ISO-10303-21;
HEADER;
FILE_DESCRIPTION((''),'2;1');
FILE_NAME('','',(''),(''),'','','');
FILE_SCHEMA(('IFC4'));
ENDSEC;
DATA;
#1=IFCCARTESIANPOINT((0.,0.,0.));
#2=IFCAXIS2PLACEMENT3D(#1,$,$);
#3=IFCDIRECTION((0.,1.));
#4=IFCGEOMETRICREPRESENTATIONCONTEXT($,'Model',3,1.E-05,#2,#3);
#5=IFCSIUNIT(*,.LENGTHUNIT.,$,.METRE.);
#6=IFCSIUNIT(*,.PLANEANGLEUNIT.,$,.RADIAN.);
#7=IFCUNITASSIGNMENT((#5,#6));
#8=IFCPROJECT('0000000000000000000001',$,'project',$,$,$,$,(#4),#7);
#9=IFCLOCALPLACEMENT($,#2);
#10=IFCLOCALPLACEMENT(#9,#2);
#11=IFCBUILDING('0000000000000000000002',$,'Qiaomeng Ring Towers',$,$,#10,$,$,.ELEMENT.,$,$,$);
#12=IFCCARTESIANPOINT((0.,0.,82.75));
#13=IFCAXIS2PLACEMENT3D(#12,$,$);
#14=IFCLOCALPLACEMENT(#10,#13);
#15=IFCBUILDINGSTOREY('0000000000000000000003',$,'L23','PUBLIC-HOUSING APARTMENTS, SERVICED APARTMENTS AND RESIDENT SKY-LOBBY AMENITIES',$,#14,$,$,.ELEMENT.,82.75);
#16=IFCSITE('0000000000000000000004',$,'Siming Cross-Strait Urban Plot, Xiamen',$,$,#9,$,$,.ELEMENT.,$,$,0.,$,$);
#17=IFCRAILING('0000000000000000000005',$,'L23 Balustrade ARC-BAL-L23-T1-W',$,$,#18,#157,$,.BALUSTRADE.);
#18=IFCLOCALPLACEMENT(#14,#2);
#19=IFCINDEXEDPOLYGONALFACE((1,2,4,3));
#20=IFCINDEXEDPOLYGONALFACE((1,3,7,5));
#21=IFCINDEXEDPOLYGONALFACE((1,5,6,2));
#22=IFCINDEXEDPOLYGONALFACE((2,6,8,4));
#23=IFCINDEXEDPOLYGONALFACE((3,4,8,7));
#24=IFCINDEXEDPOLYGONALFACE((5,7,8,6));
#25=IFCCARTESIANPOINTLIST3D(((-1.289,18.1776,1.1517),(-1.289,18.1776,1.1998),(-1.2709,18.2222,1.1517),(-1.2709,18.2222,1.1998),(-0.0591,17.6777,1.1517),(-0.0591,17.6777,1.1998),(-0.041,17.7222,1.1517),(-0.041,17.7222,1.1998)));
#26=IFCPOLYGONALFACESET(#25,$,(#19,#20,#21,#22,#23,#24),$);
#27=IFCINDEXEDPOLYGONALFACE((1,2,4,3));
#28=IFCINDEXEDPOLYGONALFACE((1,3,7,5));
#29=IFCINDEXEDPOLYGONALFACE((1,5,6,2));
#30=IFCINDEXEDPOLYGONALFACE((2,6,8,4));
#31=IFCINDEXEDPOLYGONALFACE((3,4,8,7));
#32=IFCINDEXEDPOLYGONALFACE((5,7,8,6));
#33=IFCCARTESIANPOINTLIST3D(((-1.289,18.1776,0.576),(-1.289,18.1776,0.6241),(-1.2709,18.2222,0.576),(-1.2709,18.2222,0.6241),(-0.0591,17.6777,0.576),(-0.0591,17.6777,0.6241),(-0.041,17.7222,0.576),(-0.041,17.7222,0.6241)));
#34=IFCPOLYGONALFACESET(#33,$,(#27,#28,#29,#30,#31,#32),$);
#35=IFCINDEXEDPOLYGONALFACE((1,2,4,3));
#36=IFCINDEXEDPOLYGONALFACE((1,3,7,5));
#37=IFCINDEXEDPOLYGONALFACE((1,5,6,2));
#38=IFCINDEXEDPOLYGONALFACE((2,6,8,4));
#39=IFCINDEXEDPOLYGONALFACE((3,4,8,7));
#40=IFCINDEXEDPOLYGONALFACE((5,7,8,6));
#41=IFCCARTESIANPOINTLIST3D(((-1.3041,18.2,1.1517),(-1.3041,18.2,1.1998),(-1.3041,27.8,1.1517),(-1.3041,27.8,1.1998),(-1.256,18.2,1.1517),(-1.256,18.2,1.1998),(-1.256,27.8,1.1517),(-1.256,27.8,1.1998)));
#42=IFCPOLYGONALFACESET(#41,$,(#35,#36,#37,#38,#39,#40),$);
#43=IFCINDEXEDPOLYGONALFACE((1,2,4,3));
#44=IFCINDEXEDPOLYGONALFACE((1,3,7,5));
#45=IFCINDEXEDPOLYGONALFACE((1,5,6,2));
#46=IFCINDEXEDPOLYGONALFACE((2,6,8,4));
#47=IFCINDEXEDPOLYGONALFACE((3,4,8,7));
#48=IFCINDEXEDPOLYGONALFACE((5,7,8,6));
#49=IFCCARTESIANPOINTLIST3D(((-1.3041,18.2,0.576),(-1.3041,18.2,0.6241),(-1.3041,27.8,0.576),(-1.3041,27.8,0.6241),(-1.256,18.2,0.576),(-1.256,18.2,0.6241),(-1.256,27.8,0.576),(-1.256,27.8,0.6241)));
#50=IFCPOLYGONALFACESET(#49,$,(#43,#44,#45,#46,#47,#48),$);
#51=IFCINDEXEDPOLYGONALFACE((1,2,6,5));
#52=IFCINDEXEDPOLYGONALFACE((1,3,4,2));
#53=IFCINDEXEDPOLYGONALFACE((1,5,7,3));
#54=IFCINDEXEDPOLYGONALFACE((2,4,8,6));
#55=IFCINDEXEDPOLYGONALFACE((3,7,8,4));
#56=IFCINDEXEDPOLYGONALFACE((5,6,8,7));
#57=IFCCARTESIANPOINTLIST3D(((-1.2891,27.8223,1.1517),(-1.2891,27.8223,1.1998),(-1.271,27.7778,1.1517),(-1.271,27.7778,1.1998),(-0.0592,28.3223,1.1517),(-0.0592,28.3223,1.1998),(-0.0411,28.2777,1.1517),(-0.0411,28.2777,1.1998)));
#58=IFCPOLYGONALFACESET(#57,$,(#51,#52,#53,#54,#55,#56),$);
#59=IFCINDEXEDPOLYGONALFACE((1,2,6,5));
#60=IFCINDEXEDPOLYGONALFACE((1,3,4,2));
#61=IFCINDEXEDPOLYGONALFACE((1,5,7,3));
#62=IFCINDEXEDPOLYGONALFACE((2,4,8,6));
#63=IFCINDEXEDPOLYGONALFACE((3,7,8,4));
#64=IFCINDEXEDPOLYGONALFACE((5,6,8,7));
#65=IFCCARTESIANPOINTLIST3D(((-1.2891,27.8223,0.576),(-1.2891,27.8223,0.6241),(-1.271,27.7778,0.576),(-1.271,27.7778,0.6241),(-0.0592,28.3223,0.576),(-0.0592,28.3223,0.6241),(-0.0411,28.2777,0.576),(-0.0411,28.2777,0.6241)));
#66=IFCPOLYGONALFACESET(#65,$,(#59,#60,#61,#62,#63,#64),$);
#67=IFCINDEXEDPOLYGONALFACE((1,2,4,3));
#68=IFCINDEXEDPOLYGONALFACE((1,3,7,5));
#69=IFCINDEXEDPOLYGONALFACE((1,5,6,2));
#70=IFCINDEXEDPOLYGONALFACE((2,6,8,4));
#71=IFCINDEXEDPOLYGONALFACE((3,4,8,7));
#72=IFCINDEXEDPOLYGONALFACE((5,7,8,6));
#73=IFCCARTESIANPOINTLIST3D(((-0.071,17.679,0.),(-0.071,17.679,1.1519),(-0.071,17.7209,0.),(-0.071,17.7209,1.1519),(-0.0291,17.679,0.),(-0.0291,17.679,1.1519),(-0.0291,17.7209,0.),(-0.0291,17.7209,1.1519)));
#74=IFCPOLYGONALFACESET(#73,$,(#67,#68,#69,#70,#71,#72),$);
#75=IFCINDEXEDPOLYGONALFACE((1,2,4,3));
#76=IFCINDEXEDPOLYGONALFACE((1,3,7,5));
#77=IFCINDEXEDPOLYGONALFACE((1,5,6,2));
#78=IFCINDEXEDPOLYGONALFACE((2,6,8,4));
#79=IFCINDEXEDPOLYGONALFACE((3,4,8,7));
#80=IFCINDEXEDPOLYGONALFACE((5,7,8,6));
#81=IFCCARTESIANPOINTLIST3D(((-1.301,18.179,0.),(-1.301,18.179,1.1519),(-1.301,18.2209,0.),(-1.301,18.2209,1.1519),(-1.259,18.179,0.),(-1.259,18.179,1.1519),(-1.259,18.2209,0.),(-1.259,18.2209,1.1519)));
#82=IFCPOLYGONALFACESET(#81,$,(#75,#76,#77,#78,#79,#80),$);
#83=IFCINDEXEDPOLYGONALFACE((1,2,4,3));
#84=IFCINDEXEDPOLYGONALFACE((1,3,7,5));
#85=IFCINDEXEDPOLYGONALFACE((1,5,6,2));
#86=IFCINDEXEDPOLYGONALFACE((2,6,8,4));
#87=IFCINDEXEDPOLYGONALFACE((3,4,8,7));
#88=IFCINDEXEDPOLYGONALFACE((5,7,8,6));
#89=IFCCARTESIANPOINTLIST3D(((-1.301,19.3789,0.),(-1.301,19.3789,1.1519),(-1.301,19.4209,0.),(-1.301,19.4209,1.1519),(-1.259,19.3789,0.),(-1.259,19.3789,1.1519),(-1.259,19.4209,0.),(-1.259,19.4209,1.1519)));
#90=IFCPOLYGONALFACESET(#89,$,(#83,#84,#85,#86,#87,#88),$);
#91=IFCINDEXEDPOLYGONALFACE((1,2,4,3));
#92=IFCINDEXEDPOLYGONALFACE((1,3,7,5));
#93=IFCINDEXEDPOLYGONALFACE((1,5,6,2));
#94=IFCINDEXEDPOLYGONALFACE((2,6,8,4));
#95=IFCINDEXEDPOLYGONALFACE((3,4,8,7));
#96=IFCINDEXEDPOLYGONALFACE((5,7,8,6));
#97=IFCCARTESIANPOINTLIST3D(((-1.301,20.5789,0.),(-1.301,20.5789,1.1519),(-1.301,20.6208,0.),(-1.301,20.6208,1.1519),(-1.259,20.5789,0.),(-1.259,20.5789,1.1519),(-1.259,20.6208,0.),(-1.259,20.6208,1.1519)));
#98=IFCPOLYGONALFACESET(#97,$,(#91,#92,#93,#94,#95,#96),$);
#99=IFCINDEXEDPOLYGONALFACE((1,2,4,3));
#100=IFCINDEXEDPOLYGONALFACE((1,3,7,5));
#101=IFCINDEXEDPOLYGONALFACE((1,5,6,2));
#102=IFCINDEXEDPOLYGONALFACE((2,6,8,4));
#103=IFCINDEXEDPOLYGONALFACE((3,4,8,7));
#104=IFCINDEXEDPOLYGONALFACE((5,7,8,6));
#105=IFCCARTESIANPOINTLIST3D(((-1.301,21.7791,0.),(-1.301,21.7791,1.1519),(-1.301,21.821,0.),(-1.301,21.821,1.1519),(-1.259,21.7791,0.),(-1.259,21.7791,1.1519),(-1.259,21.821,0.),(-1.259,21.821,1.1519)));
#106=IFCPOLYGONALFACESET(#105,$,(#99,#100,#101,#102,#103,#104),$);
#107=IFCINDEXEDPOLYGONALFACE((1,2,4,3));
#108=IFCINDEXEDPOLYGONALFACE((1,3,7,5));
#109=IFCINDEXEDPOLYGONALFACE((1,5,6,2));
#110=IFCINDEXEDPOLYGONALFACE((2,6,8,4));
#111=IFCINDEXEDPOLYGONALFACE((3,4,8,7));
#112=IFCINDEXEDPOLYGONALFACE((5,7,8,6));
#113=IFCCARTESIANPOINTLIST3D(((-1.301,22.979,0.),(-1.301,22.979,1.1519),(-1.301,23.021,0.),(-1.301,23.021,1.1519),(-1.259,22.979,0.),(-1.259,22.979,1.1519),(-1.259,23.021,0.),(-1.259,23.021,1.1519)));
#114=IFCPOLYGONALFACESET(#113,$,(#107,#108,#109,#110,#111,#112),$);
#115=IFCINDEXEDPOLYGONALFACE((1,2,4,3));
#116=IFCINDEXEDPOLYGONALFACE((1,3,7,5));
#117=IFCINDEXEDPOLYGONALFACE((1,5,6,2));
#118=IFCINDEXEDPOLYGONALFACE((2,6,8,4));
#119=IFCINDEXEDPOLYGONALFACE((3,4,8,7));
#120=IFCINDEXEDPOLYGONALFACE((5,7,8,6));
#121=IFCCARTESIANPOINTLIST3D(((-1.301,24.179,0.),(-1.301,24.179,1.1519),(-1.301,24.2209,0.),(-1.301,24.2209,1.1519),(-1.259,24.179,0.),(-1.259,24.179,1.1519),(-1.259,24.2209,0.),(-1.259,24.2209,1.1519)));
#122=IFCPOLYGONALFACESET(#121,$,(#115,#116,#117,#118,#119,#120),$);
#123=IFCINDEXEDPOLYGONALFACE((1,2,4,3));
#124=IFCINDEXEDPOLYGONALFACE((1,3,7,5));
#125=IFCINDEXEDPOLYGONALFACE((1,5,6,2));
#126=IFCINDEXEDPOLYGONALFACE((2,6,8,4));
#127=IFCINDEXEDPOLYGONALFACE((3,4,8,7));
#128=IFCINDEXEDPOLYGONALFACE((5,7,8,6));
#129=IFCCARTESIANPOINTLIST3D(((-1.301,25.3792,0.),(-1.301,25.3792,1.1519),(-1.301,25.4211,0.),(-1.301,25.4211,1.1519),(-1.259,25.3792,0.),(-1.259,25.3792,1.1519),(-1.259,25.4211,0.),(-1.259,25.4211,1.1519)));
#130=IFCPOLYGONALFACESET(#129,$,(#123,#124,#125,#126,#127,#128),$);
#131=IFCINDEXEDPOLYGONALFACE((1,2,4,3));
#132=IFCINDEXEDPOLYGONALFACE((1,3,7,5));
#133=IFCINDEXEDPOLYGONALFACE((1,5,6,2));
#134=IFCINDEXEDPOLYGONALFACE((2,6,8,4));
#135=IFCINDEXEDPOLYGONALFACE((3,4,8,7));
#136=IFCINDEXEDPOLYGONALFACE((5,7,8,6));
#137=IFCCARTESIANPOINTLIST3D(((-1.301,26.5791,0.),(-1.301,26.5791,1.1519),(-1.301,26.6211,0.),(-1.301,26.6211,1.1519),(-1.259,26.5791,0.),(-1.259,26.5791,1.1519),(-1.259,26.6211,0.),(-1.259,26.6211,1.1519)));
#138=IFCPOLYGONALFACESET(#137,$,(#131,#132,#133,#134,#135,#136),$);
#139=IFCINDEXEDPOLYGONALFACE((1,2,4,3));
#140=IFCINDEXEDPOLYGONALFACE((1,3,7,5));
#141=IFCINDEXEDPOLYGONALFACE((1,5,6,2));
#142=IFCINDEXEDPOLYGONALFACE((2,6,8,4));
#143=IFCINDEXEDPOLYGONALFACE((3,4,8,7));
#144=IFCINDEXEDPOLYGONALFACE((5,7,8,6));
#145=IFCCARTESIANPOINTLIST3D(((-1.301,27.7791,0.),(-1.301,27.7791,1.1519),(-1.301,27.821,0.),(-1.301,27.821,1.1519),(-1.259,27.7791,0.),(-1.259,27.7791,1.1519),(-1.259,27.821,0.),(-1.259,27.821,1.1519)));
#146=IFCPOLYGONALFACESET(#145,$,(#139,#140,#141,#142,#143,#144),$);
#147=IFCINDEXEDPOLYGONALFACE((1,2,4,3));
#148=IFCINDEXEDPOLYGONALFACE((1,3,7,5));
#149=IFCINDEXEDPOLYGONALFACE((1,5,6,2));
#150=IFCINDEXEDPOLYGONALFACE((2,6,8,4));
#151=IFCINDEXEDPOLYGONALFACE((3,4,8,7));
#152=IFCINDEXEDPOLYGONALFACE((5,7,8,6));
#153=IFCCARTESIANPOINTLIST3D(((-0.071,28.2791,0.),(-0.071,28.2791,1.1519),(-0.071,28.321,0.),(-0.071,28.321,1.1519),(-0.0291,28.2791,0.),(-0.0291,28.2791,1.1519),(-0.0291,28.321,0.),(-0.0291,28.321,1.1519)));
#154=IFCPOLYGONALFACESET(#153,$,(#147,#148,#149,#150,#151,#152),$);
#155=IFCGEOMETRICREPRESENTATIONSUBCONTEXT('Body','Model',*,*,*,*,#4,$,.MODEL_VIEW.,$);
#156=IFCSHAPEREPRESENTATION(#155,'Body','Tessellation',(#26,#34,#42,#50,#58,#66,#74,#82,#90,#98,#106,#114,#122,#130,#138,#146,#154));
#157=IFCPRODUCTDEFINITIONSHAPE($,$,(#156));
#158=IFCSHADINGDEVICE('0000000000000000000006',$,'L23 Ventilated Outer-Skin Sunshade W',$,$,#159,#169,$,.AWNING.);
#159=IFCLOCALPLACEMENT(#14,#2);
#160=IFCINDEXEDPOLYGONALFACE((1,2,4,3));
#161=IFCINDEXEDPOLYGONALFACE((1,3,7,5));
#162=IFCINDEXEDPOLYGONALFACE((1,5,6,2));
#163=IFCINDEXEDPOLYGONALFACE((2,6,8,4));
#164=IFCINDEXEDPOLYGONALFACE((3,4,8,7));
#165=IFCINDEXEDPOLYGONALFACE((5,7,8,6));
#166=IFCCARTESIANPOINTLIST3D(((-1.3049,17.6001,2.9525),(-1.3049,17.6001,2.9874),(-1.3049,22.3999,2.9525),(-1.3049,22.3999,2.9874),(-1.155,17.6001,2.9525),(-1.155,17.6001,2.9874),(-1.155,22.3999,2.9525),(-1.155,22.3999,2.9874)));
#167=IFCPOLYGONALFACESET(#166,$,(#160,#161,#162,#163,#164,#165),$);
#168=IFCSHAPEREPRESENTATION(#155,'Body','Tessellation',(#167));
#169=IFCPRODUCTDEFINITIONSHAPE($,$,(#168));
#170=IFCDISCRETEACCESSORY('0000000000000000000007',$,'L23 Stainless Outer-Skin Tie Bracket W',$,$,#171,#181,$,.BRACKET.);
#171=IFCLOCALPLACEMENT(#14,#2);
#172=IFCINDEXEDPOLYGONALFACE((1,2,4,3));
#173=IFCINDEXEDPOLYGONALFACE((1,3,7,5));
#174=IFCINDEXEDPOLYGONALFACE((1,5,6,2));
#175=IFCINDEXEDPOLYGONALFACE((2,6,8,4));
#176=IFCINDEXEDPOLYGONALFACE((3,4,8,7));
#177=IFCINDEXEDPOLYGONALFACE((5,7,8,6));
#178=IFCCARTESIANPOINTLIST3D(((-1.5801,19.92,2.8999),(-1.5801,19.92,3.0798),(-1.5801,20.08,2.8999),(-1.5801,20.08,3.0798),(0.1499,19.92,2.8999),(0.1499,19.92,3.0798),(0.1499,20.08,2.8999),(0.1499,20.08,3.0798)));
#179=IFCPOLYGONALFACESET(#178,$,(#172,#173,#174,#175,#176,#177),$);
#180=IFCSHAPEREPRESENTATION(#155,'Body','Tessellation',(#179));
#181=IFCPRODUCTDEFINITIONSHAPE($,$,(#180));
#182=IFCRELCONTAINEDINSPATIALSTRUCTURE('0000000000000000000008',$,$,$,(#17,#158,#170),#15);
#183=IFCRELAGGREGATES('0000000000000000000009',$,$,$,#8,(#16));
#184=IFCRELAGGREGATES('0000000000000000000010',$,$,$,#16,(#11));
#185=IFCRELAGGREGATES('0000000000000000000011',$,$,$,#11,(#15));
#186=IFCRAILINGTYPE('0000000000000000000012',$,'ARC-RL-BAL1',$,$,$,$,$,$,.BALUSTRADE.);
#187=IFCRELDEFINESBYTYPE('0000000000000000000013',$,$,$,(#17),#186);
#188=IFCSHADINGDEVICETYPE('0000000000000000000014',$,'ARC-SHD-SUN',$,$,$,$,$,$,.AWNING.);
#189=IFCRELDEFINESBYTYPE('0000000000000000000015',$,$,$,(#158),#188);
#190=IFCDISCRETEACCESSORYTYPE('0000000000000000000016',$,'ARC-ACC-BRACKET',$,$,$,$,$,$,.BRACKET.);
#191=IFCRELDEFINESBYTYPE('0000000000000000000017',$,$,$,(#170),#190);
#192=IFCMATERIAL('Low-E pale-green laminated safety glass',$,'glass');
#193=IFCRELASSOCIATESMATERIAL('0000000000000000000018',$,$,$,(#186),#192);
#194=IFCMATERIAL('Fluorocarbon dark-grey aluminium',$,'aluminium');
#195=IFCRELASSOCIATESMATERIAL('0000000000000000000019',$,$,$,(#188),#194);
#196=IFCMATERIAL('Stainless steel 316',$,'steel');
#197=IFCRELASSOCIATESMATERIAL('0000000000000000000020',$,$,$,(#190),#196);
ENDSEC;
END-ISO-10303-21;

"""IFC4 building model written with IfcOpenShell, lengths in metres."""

from ifc_helpers import new_model, si_unit, direction, frame, origin, origin_2d, place, context, subcontext, project, spatial, rectangle, extrude, source, transform, mapped, material, material_profile, profile_set, type_object, element, save


model = new_model("IFC4")

# Units and contexts
model_context = context("Model", 3, precision=1e-05, world=origin(), true_north=direction((0.0, 1.0)))
body_context = subcontext(model_context, "Body", "Model", "MODEL_VIEW")
ifc_project = project(units=[si_unit("LENGTHUNIT", "METRE"), si_unit("PLANEANGLEUNIT", "RADIAN")], contexts=[model_context])

# Site, building, storey
site_placement = place(None, origin())
site = spatial("IfcSite", under=ifc_project, at=site_placement, Name="Siming Cross-Strait Urban Plot, Xiamen", CompositionType="ELEMENT", RefElevation=0.0)
building_placement = place(site_placement, origin())
building = spatial("IfcBuilding", under=site, at=building_placement, Name="Qiaomeng Ring Towers", CompositionType="ELEMENT")
storey_placement = place(building_placement, frame((0.0, 0.0, 82.75)))
storey = spatial("IfcBuildingStorey", under=building, at=storey_placement, Name="L23", Description="PUBLIC-HOUSING APARTMENTS, SERVICED APARTMENTS AND RESIDENT SKY-LOBBY AMENITIES", CompositionType="ELEMENT", Elevation=82.75)

# Shared definitions
ifc_material_1 = material(Name="Fluorocarbon dark-grey aluminium", Category="aluminium")

# Shared definitions
ifc_material_2 = material(Name="Stainless steel 316", Category="steel")

# Railing
ifc_material_3 = material(Name="Low-E pale-green laminated safety glass", Category="glass")
railing_type = type_object("IfcRailingType", Name="ARC-RL-BAL1", PredefinedType="BALUSTRADE", material=ifc_material_3)
railing_1_placement = place(storey_placement, frame((-0.05, 17.7, 0.0)))
element("IfcRailing", 1, at=railing_1_placement, inside=storey, type_object=railing_type, Name="L23 Balustrade ARC-BAL-L23-T1-W", PredefinedType="BALUSTRADE", context=body_context, shape_type="SweptSolid", body=[
    extrude(rectangle(XDim=0.0481, YDim=0.0481, at=origin_2d()), frame((0.0, 0.0, 1.1758), z_axis=(-0.926382, 0.376584, 0.0), x_axis=(-0.376584, -0.926382, 0.0)), (0.0, 0.0, 1.0), 1.3276),
    extrude(rectangle(XDim=0.0481, YDim=0.0481, at=origin_2d()), frame((0.0, 0.0, 0.6001), z_axis=(-0.926382, 0.376584, 0.0), x_axis=(-0.376584, -0.926382, 0.0)), (0.0, 0.0, 1.0), 1.3276),
    extrude(rectangle(XDim=0.0481, YDim=0.0481, at=origin_2d()), frame((-1.23, 0.5, 1.1758), z_axis=(0.0, 1.0, 0.0), x_axis=(-1.0, 0.0, 0.0)), (0.0, 0.0, 1.0), 9.6001),
    extrude(rectangle(XDim=0.0481, YDim=0.0481, at=origin_2d()), frame((-1.23, 0.5, 0.6001), z_axis=(0.0, 1.0, 0.0), x_axis=(-1.0, 0.0, 0.0)), (0.0, 0.0, 1.0), 9.6001),
    extrude(rectangle(XDim=0.0481, YDim=0.0481, at=origin_2d()), frame((-1.23, 10.1001, 1.1758), z_axis=(0.926382, 0.376584, 0.0), x_axis=(-0.376584, 0.926382, 0.0)), (0.0, 0.0, 1.0), 1.3276),
    extrude(rectangle(XDim=0.0481, YDim=0.0481, at=origin_2d()), frame((-1.23, 10.1001, 0.6001), z_axis=(0.926382, 0.376584, 0.0), x_axis=(-0.376584, 0.926382, 0.0)), (0.0, 0.0, 1.0), 1.3276),
    extrude(rectangle(XDim=0.042, YDim=0.042, at=origin_2d()), origin(), (0.0, 0.0, 1.0), 1.1519),
    extrude(rectangle(XDim=0.042, YDim=0.042, at=origin_2d()), frame((-1.23, 0.5, 0.0)), (0.0, 0.0, 1.0), 1.1519),
    extrude(rectangle(XDim=0.042, YDim=0.042, at=origin_2d()), frame((-1.23, 1.7, 0.0)), (0.0, 0.0, 1.0), 1.1519),
    extrude(rectangle(XDim=0.042, YDim=0.042, at=origin_2d()), frame((-1.23, 2.8999, 0.0)), (0.0, 0.0, 1.0), 1.1519),
    extrude(rectangle(XDim=0.042, YDim=0.042, at=origin_2d()), frame((-1.23, 4.1001, 0.0)), (0.0, 0.0, 1.0), 1.1519),
    extrude(rectangle(XDim=0.042, YDim=0.042, at=origin_2d()), frame((-1.23, 5.3, 0.0)), (0.0, 0.0, 1.0), 1.1519),
    extrude(rectangle(XDim=0.042, YDim=0.042, at=origin_2d()), frame((-1.23, 6.5, 0.0)), (0.0, 0.0, 1.0), 1.1519),
    extrude(rectangle(XDim=0.042, YDim=0.042, at=origin_2d()), frame((-1.23, 7.7002, 0.0)), (0.0, 0.0, 1.0), 1.1519),
    extrude(rectangle(XDim=0.042, YDim=0.042, at=origin_2d()), frame((-1.23, 8.9001, 0.0)), (0.0, 0.0, 1.0), 1.1519),
    extrude(rectangle(XDim=0.042, YDim=0.042, at=origin_2d()), frame((-1.23, 10.1001, 0.0)), (0.0, 0.0, 1.0), 1.1519),
    extrude(rectangle(XDim=0.042, YDim=0.042, at=origin_2d()), frame((0.0, 10.6001, 0.0)), (0.0, 0.0, 1.0), 1.1519),
])

# Shading device
ifc_material_profile_1 = material_profile(ifc_material_1, rectangle(XDim=0.1499, YDim=0.0349, at=origin_2d()), Name="LV BLADE 150x35")
ifc_profile_set_1 = profile_set([ifc_material_profile_1], Name="Fluorocarbon dark-grey aluminium")
shading_device_type = type_object("IfcShadingDeviceType", Name="ARC-SHD-SUN", PredefinedType="AWNING", material=ifc_profile_set_1)
shared_shape_1 = source(origin(), body_context, "Body", "SweptSolid", [
    extrude(rectangle(XDim=0.1499, YDim=0.0349, at=origin_2d()), origin(), (0.0, 0.0, 1.0), 4.7998),
])
shading_device_placement = place(storey_placement, frame((-1.23, 17.6001, 2.97), z_axis=(0.0, 1.0, 0.0), x_axis=(-1.0, 0.0, 0.0)))
element("IfcShadingDevice", 2, at=shading_device_placement, inside=storey, type_object=shading_device_type, Name="L23 Ventilated Outer-Skin Sunshade W", PredefinedType="AWNING", context=body_context, shape_type="MappedRepresentation", body=[
    mapped(shared_shape_1, transform((0.0, 0.0, 0.0), x_axis=(1.0, 0.0, 0.0), y_axis=(0.0, 1.0, 0.0), z_axis=(0.0, 0.0, 1.0), scale=1.0)),
])

# Discrete accessory
discrete_accessory_type = type_object("IfcDiscreteAccessoryType", Name="ARC-ACC-BRACKET", PredefinedType="BRACKET", material=ifc_material_2)
shared_shape_2 = source(origin(), body_context, "Body", "SweptSolid", [
    extrude(rectangle(XDim=1.73, YDim=0.1599, at=origin_2d()), origin(), (0.0, 0.0, 1.0), 0.1799),
])
discrete_accessory_placement = place(storey_placement, frame((-0.7151, 20.0, 2.8999), z_axis=(0.0, 0.0, 1.0), x_axis=(1.0, 0.0, 0.0)))
element("IfcDiscreteAccessory", 3, at=discrete_accessory_placement, inside=storey, type_object=discrete_accessory_type, Name="L23 Stainless Outer-Skin Tie Bracket W", PredefinedType="BRACKET", context=body_context, shape_type="MappedRepresentation", body=[
    mapped(shared_shape_2, transform((0.0, 0.0, 0.0), x_axis=(1.0, 0.0, 0.0), y_axis=(0.0, 1.0, 0.0), z_axis=(0.0, 0.0, 1.0), scale=1.0)),
])

save(model, "model.ifc")
